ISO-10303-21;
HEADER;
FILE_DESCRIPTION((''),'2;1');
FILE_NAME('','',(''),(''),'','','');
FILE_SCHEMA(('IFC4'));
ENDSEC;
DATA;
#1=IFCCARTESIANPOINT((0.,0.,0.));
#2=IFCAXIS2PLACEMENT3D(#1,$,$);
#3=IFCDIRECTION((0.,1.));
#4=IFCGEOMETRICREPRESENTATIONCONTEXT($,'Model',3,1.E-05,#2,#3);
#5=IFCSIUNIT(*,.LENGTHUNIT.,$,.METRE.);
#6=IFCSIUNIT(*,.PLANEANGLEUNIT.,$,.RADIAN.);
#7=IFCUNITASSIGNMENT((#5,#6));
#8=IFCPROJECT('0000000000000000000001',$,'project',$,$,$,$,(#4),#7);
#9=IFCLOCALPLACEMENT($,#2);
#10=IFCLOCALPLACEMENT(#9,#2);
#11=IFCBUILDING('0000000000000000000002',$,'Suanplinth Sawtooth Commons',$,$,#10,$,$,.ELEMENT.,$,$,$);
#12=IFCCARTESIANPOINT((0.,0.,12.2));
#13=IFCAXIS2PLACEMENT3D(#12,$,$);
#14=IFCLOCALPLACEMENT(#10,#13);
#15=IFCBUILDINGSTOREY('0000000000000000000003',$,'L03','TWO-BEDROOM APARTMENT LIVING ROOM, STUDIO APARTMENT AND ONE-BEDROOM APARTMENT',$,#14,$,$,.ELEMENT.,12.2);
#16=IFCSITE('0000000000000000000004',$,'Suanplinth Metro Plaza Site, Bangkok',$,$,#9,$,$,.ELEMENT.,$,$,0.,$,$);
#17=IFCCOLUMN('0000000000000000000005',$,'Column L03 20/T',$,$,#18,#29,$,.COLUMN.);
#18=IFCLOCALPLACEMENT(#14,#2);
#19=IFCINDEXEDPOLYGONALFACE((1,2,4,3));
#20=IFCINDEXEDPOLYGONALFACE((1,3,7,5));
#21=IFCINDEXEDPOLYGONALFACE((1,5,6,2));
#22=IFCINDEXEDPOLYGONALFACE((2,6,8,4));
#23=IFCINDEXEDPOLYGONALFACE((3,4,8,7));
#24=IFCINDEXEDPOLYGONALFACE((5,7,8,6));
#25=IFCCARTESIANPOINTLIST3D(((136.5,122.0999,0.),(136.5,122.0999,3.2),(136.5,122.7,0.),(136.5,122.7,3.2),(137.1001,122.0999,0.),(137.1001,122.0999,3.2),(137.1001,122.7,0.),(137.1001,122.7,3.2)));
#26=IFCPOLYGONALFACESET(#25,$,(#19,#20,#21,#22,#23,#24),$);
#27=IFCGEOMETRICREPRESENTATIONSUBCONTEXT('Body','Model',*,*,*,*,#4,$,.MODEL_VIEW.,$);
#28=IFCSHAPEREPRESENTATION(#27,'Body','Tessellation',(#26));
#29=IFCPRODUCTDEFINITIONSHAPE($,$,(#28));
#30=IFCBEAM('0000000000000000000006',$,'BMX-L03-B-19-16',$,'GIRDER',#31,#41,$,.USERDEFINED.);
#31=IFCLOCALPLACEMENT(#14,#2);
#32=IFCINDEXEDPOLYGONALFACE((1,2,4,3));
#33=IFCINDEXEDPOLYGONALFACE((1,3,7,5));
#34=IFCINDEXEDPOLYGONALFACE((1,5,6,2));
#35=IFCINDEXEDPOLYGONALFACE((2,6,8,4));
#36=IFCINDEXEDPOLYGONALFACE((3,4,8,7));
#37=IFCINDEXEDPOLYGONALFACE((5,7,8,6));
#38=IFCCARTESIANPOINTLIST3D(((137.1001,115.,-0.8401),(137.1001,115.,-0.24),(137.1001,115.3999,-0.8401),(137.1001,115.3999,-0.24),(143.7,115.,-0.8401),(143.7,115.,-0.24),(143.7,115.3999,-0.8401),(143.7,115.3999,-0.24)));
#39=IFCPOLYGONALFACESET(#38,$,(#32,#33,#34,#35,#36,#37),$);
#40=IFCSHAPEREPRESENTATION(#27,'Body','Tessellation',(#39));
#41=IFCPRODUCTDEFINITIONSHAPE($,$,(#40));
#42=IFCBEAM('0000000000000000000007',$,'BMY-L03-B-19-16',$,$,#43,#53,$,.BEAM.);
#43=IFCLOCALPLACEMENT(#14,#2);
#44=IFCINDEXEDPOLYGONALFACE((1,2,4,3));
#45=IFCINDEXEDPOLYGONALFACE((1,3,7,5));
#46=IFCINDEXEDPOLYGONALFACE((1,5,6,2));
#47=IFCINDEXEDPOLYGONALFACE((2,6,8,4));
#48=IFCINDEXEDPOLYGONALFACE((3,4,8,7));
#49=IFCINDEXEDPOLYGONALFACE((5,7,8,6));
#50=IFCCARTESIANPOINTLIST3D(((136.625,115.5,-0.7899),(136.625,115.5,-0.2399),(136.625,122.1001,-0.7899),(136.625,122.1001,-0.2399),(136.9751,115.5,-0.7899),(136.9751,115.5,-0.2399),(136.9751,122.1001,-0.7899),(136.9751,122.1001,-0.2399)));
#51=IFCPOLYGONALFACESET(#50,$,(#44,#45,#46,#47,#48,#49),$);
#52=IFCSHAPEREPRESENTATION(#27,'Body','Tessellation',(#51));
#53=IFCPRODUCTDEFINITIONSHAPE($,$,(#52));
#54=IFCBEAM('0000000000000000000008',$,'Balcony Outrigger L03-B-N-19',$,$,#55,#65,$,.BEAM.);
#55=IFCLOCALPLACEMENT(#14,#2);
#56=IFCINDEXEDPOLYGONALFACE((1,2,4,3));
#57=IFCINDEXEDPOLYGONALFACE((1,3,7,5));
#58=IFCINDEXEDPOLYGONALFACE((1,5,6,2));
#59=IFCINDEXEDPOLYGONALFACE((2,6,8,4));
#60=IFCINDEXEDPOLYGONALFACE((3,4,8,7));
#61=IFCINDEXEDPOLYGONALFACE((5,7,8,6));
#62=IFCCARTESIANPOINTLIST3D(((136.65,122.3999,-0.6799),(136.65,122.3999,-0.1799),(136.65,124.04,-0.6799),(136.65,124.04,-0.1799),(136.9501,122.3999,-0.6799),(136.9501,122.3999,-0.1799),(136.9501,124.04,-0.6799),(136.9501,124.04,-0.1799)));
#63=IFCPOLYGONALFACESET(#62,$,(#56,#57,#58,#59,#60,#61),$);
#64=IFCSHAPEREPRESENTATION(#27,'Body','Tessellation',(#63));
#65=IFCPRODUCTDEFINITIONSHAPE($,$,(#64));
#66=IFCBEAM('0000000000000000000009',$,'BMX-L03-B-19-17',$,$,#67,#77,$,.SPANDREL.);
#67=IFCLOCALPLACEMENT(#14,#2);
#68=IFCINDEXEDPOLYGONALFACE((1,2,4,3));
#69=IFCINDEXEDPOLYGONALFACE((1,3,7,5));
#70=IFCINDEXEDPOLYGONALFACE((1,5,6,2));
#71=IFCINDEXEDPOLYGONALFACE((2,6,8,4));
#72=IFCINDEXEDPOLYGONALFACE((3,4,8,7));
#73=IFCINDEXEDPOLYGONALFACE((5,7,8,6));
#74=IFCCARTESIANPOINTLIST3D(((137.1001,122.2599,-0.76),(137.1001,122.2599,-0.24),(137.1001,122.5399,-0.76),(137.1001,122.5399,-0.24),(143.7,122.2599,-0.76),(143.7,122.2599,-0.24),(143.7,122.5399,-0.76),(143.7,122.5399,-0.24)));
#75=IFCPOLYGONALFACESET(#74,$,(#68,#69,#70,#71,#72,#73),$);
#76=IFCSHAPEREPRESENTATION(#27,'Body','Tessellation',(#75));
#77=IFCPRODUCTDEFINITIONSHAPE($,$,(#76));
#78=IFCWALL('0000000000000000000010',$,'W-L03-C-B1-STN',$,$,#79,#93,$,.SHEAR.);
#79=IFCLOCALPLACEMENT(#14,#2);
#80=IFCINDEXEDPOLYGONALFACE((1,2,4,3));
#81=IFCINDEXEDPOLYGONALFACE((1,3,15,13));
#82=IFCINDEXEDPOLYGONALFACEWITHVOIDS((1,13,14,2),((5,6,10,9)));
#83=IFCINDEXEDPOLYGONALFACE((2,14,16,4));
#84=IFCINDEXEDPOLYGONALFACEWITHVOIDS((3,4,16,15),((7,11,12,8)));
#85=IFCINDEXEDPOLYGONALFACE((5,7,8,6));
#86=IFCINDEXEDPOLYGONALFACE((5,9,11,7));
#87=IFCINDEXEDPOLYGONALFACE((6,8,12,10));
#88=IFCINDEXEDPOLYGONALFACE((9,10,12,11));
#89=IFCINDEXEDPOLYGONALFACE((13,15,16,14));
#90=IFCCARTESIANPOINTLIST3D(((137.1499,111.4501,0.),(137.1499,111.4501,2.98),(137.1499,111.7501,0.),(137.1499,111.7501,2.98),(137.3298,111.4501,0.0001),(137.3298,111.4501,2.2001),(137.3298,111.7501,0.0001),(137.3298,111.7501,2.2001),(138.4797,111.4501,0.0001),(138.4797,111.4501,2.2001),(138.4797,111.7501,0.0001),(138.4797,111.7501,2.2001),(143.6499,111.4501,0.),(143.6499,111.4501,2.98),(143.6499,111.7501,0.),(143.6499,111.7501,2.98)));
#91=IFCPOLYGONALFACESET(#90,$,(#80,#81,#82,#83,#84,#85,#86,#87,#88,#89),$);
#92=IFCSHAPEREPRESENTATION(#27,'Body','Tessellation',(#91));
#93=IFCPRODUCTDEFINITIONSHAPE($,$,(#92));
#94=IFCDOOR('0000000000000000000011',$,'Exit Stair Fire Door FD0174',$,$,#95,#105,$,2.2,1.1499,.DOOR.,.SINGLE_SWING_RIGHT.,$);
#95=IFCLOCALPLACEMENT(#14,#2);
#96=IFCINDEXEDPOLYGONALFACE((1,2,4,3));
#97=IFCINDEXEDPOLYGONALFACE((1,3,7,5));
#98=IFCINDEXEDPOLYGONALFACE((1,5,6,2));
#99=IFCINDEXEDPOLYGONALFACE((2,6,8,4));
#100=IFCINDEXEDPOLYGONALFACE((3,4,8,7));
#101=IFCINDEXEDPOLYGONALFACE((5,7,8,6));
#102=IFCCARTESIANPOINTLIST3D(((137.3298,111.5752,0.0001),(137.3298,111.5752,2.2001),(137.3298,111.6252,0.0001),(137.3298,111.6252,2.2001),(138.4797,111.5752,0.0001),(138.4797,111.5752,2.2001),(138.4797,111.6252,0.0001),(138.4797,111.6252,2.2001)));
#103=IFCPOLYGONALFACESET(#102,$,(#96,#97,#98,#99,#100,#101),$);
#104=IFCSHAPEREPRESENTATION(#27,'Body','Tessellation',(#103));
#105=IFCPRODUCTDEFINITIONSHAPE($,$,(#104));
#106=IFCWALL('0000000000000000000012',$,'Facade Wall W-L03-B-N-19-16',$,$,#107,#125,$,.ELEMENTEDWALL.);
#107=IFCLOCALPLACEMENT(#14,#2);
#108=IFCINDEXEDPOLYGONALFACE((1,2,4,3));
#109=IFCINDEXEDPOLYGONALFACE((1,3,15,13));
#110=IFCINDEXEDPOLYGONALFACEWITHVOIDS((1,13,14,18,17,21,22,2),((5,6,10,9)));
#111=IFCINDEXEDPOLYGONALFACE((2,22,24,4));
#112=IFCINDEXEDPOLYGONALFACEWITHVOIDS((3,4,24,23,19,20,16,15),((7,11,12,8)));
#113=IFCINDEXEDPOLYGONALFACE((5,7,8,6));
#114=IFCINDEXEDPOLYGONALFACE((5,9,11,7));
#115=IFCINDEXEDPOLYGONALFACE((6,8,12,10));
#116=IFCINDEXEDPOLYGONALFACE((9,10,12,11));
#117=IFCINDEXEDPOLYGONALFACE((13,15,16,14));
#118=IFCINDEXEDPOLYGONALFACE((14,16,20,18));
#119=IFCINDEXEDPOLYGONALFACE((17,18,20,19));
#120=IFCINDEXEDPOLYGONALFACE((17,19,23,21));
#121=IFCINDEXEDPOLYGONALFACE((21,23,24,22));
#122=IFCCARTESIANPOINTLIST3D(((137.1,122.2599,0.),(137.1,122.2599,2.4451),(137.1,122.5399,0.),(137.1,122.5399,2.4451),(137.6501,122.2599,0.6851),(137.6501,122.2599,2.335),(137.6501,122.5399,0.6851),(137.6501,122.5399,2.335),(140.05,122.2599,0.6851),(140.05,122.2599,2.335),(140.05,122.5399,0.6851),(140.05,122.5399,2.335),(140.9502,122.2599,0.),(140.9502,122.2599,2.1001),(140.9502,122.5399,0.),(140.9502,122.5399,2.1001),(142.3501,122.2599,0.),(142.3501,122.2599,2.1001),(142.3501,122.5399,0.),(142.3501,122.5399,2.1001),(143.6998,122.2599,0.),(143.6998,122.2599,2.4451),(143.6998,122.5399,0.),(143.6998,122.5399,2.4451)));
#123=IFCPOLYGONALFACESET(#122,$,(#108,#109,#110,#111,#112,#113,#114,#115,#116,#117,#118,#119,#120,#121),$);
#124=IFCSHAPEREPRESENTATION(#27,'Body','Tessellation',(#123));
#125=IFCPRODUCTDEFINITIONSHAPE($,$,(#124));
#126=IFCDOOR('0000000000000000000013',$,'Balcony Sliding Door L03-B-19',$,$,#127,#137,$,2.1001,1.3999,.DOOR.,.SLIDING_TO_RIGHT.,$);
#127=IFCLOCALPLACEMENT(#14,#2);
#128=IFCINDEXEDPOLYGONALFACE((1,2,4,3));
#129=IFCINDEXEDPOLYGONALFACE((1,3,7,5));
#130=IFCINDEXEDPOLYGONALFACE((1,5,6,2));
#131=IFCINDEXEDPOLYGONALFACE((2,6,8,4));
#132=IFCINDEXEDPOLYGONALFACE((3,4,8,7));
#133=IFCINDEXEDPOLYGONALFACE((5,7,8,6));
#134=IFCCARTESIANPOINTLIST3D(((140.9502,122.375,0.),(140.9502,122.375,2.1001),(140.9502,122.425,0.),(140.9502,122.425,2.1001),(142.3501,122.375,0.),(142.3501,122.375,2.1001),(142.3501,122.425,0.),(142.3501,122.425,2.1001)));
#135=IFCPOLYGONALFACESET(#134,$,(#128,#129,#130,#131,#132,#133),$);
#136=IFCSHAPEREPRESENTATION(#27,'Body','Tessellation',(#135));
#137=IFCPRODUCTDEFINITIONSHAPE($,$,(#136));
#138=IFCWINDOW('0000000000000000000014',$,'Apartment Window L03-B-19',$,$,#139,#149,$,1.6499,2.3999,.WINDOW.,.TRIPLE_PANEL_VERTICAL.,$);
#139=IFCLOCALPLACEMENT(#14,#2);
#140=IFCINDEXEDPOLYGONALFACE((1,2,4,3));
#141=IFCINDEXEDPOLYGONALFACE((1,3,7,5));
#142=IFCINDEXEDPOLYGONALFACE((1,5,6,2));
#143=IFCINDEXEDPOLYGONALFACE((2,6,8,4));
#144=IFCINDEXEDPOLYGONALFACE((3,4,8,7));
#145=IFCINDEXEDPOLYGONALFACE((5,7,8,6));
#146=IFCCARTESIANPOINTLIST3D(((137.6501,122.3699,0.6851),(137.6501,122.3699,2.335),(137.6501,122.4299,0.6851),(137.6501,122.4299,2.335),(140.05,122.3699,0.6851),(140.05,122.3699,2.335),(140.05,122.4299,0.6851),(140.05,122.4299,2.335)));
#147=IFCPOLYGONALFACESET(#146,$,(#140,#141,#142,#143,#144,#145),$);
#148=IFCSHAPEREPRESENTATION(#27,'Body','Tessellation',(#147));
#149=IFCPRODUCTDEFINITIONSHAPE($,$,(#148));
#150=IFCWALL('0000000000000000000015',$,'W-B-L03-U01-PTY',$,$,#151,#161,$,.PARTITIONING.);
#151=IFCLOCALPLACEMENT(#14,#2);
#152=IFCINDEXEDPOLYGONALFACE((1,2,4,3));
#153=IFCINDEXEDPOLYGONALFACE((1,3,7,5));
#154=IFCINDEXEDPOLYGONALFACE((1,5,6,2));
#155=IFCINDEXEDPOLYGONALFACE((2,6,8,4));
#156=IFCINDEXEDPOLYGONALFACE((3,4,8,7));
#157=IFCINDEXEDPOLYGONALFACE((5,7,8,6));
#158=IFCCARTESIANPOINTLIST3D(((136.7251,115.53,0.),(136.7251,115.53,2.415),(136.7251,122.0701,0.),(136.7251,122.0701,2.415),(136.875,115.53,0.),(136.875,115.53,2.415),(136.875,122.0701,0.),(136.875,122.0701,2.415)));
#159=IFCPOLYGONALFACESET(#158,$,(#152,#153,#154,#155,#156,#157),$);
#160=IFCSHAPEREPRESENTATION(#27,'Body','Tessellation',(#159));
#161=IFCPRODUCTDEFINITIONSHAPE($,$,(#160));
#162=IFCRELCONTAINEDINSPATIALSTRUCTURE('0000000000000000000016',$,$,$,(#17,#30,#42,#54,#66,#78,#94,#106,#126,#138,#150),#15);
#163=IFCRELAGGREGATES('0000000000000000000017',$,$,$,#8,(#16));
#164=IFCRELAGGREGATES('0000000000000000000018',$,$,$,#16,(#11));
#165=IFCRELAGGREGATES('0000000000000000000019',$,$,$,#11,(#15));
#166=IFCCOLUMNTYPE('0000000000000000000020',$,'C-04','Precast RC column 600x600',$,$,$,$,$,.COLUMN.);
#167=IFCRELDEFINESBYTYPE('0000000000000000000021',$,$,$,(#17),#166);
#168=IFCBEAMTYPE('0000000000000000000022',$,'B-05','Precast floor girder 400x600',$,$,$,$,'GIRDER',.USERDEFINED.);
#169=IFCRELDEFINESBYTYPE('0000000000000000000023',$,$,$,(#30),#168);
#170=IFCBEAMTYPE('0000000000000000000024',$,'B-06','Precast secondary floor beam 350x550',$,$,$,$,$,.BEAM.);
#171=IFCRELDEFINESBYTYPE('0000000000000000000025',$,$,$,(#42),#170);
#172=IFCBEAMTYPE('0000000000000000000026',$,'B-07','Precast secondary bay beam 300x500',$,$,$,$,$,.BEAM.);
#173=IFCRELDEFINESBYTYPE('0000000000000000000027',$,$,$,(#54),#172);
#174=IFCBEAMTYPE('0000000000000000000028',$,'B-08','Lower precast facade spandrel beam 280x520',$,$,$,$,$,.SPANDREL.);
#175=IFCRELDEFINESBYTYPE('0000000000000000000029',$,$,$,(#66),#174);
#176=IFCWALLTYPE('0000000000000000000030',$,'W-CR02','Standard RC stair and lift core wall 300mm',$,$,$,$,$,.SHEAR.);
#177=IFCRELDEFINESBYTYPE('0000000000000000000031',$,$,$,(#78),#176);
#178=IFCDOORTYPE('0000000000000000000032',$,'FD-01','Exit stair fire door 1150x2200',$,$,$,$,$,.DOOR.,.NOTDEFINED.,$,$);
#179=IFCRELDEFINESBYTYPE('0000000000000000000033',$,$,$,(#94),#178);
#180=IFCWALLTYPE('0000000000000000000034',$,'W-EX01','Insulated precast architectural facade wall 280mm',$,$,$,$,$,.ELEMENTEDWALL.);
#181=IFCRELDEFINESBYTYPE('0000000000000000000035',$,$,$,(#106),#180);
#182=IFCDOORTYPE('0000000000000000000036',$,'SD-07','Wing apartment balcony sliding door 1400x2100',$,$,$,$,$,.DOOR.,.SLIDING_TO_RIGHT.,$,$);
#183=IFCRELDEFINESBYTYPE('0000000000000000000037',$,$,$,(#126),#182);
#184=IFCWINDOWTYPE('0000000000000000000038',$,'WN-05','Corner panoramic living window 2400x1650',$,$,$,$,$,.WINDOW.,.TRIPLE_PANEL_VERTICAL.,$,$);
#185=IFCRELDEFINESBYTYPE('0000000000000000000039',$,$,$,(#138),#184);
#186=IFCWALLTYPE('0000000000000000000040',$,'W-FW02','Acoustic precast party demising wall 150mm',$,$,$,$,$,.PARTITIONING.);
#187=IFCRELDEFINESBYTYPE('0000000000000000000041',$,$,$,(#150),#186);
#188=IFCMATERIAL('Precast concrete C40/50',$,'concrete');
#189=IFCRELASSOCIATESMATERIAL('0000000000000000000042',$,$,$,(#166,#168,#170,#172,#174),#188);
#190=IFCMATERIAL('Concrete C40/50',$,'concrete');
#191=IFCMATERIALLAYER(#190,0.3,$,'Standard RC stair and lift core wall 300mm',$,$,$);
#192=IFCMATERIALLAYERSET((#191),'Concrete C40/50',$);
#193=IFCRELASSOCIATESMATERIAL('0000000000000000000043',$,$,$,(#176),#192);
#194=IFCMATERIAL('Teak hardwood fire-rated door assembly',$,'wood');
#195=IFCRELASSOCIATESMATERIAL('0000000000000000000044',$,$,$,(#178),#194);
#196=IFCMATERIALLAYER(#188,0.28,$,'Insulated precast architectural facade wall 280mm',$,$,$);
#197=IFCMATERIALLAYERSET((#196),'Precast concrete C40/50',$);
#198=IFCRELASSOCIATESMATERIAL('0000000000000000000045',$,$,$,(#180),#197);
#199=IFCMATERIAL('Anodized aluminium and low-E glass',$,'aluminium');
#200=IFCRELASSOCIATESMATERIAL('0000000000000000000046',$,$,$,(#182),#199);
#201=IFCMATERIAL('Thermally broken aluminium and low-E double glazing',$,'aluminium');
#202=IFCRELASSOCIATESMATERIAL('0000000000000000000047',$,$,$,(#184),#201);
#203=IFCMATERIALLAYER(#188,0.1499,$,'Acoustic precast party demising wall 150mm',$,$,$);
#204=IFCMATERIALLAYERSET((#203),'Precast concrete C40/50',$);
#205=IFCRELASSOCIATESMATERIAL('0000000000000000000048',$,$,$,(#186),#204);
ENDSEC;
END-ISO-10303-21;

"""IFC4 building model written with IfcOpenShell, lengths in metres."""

from ifc_helpers import new_model, si_unit, direction, frame, frame_2d, origin, origin_2d, place, context, subcontext, project, spatial, rectangle, extrude, material, layer, layer_set, material_profile, profile_set, type_object, element, fill, save


model = new_model("IFC4")

# Units and contexts
model_context = context("Model", 3, precision=1e-05, world=origin(), true_north=direction((0.0, 1.0)))
body_context = subcontext(model_context, "Body", "Model", "MODEL_VIEW")
ifc_project = project(units=[si_unit("LENGTHUNIT", "METRE"), si_unit("PLANEANGLEUNIT", "RADIAN")], contexts=[model_context])

# Site, building, storey
site_placement = place(None, origin())
site = spatial("IfcSite", under=ifc_project, at=site_placement, Name="Suanplinth Metro Plaza Site, Bangkok", CompositionType="ELEMENT", RefElevation=0.0)
building_placement = place(site_placement, origin())
building = spatial("IfcBuilding", under=site, at=building_placement, Name="Suanplinth Sawtooth Commons", CompositionType="ELEMENT")
storey_placement = place(building_placement, frame((0.0, 0.0, 12.2)))
storey = spatial("IfcBuildingStorey", under=building, at=storey_placement, Name="L03", Description="TWO-BEDROOM APARTMENT LIVING ROOM, STUDIO APARTMENT AND ONE-BEDROOM APARTMENT", CompositionType="ELEMENT", Elevation=12.2)

# Column
ifc_material_1 = material(Name="Precast concrete C40/50", Category="concrete")
ifc_material_profile_1 = material_profile(ifc_material_1, rectangle(XDim=0.6001, YDim=0.6001, at=origin_2d()), Name="PC-COL 600x600")
ifc_profile_set_1 = profile_set([ifc_material_profile_1], Name="Precast concrete C40/50")
column_type = type_object("IfcColumnType", Name="C-04", Description="Precast RC column 600x600", PredefinedType="COLUMN", material=ifc_profile_set_1)
column_placement = place(storey_placement, frame((136.8, 122.3999, 0.0), z_axis=(0.0, 0.0, 1.0), x_axis=(1.0, 0.0, 0.0)))
element("IfcColumn", 1, at=column_placement, inside=storey, type_object=column_type, Name="Column L03 20/T", PredefinedType="COLUMN", context=body_context, shape_type="SweptSolid", body=[
    extrude(rectangle(XDim=0.6001, YDim=0.6001, at=origin_2d()), origin(), (0.0, 0.0, 1.0), 3.2),
])

# Beams
ifc_material_profile_2 = material_profile(ifc_material_1, rectangle(XDim=0.3999, YDim=0.6001, at=origin_2d()), Name="PC-GDR 400x600")
ifc_profile_set_2 = profile_set([ifc_material_profile_2], Name="Precast concrete C40/50")
beam_type_1 = type_object("IfcBeamType", Name="B-05", Description="Precast floor girder 400x600", ElementType="GIRDER", PredefinedType="USERDEFINED", material=ifc_profile_set_2)
beam_1_placement = place(storey_placement, frame((137.1001, 115.2, -0.54), z_axis=(1.0, 0.0, 0.0), x_axis=(0.0, 1.0, 0.0)))
element("IfcBeam", 2, at=beam_1_placement, inside=storey, type_object=beam_type_1, Name="BMX-L03-B-19-16", ObjectType="GIRDER", PredefinedType="USERDEFINED", context=body_context, shape_type="SweptSolid", body=[
    extrude(rectangle(XDim=0.3999, YDim=0.6001, at=origin_2d()), origin(), (0.0, 0.0, 1.0), 6.5999),
])
ifc_material_profile_3 = material_profile(ifc_material_1, rectangle(XDim=0.3501, YDim=0.55, at=origin_2d()), Name="PC-BM 350x550")
ifc_profile_set_3 = profile_set([ifc_material_profile_3], Name="Precast concrete C40/50")
beam_type_2 = type_object("IfcBeamType", Name="B-06", Description="Precast secondary floor beam 350x550", PredefinedType="BEAM", material=ifc_profile_set_3)
beam_2_placement = place(storey_placement, frame((136.8, 115.5, -0.5149), z_axis=(0.0, 1.0, 0.0), x_axis=(-1.0, 0.0, 0.0)))
element("IfcBeam", 3, at=beam_2_placement, inside=storey, type_object=beam_type_2, Name="BMY-L03-B-19-16", PredefinedType="BEAM", context=body_context, shape_type="SweptSolid", body=[
    extrude(rectangle(XDim=0.3501, YDim=0.55, at=origin_2d()), origin(), (0.0, 0.0, 1.0), 6.6001),
])
ifc_material_profile_4 = material_profile(ifc_material_1, rectangle(XDim=0.3, YDim=0.5, at=origin_2d()), Name="PC-BM 300x500")
ifc_profile_set_4 = profile_set([ifc_material_profile_4], Name="Precast concrete C40/50")
beam_type_3 = type_object("IfcBeamType", Name="B-07", Description="Precast secondary bay beam 300x500", PredefinedType="BEAM", material=ifc_profile_set_4)
beam_3_placement = place(storey_placement, frame((136.8, 122.3999, -0.4299), z_axis=(0.0, 1.0, 0.0), x_axis=(-1.0, 0.0, 0.0)))
element("IfcBeam", 4, at=beam_3_placement, inside=storey, type_object=beam_type_3, Name="Balcony Outrigger L03-B-N-19", PredefinedType="BEAM", context=body_context, shape_type="SweptSolid", body=[
    extrude(rectangle(XDim=0.3, YDim=0.5, at=origin_2d()), origin(), (0.0, 0.0, 1.0), 1.6401),
])
ifc_material_profile_5 = material_profile(ifc_material_1, rectangle(XDim=0.28, YDim=0.52, at=origin_2d()), Name="PC-SP 280x520")
ifc_profile_set_5 = profile_set([ifc_material_profile_5], Name="Precast concrete C40/50")
beam_type_4 = type_object("IfcBeamType", Name="B-08", Description="Lower precast facade spandrel beam 280x520", PredefinedType="SPANDREL", material=ifc_profile_set_5)
beam_4_placement = place(storey_placement, frame((137.1001, 122.3999, -0.5), z_axis=(1.0, 0.0, 0.0), x_axis=(0.0, 1.0, 0.0)))
element("IfcBeam", 5, at=beam_4_placement, inside=storey, type_object=beam_type_4, Name="BMX-L03-B-19-17", PredefinedType="SPANDREL", context=body_context, shape_type="SweptSolid", body=[
    extrude(rectangle(XDim=0.28, YDim=0.52, at=origin_2d()), origin(), (0.0, 0.0, 1.0), 6.5999),
])

# Wall, opening, door
ifc_material_2 = material(Name="Concrete C40/50", Category="concrete")
ifc_layer_1 = layer(ifc_material_2, 0.3, Name="Standard RC stair and lift core wall 300mm")
ifc_layer_set_1 = layer_set([ifc_layer_1], Name="Concrete C40/50")
wall_type_1 = type_object("IfcWallType", Name="W-CR02", Description="Standard RC stair and lift core wall 300mm", PredefinedType="SHEAR", material=ifc_layer_set_1)
wall_1_placement = place(storey_placement, frame((137.1499, 111.6001, 0.0), z_axis=(0.0, 0.0, 1.0), x_axis=(1.0, 0.0, 0.0)))
wall_1 = element("IfcWall", 6, at=wall_1_placement, inside=storey, type_object=wall_type_1, Name="W-L03-C-B1-STN", PredefinedType="SHEAR", context=body_context, shape_type="SweptSolid", body=[
    extrude(rectangle(XDim=6.5, YDim=0.3, at=frame_2d((3.25, 0.0))), origin(), (0.0, 0.0, 1.0), 2.98),
])
opening_1_placement = place(wall_1_placement, frame((0.1799, 0.0, 0.0)))
opening_1 = element("IfcOpeningElement", 7, at=opening_1_placement, cuts=wall_1, PredefinedType="OPENING", context=body_context, shape_type="SweptSolid", body=[
    extrude(rectangle(XDim=1.1499, YDim=2.2, at=frame_2d((0.575, 1.1001))), frame((0.0, 0.165, 0.0), z_axis=(0.0, -1.0, 0.0), x_axis=(1.0, 0.0, 0.0)), (0.0, 0.0, 1.0), 0.3298),
])
ifc_material_3 = material(Name="Teak hardwood fire-rated door assembly", Category="wood")
door_type_1 = type_object("IfcDoorType", Name="FD-01", Description="Exit stair fire door 1150x2200", OperationType="NOTDEFINED", PredefinedType="DOOR", material=ifc_material_3)
door_1_placement = place(opening_1_placement, frame((1.1499, 0.0, 0.0), z_axis=(0.0, 0.0, 1.0), x_axis=(-1.0, 0.0, 0.0)))
door_1 = element("IfcDoor", 8, at=door_1_placement, inside=storey, type_object=door_type_1, Name="Exit Stair Fire Door FD0174", OperationType="SINGLE_SWING_RIGHT", OverallHeight=2.2, OverallWidth=1.1499, PredefinedType="DOOR", context=body_context, shape_type="SweptSolid", body=[
    extrude(rectangle(XDim=1.1499, YDim=2.2, at=frame_2d((0.575, 1.1001))), frame((0.0, 0.0249, 0.0), z_axis=(0.0, -1.0, 0.0), x_axis=(1.0, 0.0, 0.0)), (0.0, 0.0, 1.0), 0.05),
])
fill(opening_1, door_1)

# Wall, openings, door, window
ifc_layer_2 = layer(ifc_material_1, 0.28, Name="Insulated precast architectural facade wall 280mm")
ifc_layer_set_2 = layer_set([ifc_layer_2], Name="Precast concrete C40/50")
wall_type_2 = type_object("IfcWallType", Name="W-EX01", Description="Insulated precast architectural facade wall 280mm", PredefinedType="ELEMENTEDWALL", material=ifc_layer_set_2)
wall_2_placement = place(storey_placement, frame((137.1001, 122.3999, 0.0), z_axis=(0.0, 0.0, 1.0), x_axis=(1.0, 0.0, 0.0)))
wall_2 = element("IfcWall", 9, at=wall_2_placement, inside=storey, type_object=wall_type_2, Name="Facade Wall W-L03-B-N-19-16", PredefinedType="ELEMENTEDWALL", context=body_context, shape_type="SweptSolid", body=[
    extrude(rectangle(XDim=6.5999, YDim=0.28, at=frame_2d((3.2998, 0.0))), origin(), (0.0, 0.0, 1.0), 2.4451),
])
opening_2_placement = place(wall_2_placement, frame((3.8501, 0.0, 0.0)))
opening_2 = element("IfcOpeningElement", 10, at=opening_2_placement, cuts=wall_2, PredefinedType="OPENING", context=body_context, shape_type="SweptSolid", body=[
    extrude(rectangle(XDim=1.3999, YDim=2.1001, at=frame_2d((0.7, 1.05))), frame((0.0, 0.1548, 0.0), z_axis=(0.0, -1.0, 0.0), x_axis=(1.0, 0.0, 0.0)), (0.0, 0.0, 1.0), 0.3098),
])
opening_3_placement = place(wall_2_placement, frame((0.55, 0.0, 0.6851)))
opening_3 = element("IfcOpeningElement", 11, at=opening_3_placement, cuts=wall_2, PredefinedType="OPENING", context=body_context, shape_type="SweptSolid", body=[
    extrude(rectangle(XDim=2.3999, YDim=1.6499, at=frame_2d((1.2, 0.825))), frame((0.0, 0.1548, 0.0), z_axis=(0.0, -1.0, 0.0), x_axis=(1.0, 0.0, 0.0)), (0.0, 0.0, 1.0), 0.3098),
])
ifc_material_4 = material(Name="Anodized aluminium and low-E glass", Category="aluminium")
door_type_2 = type_object("IfcDoorType", Name="SD-07", Description="Wing apartment balcony sliding door 1400x2100", OperationType="SLIDING_TO_RIGHT", PredefinedType="DOOR", material=ifc_material_4)
door_2_placement = place(opening_2_placement, frame((1.3999, 0.0, 0.0), z_axis=(0.0, 0.0, 1.0), x_axis=(-1.0, 0.0, 0.0)))
door_2 = element("IfcDoor", 12, at=door_2_placement, inside=storey, type_object=door_type_2, Name="Balcony Sliding Door L03-B-19", OperationType="SLIDING_TO_RIGHT", OverallHeight=2.1001, OverallWidth=1.3999, PredefinedType="DOOR", context=body_context, shape_type="SweptSolid", body=[
    extrude(rectangle(XDim=1.3999, YDim=2.1001, at=frame_2d((0.7, 1.05))), frame((0.0, 0.0249, 0.0), z_axis=(0.0, -1.0, 0.0), x_axis=(1.0, 0.0, 0.0)), (0.0, 0.0, 1.0), 0.05),
])
fill(opening_2, door_2)
ifc_material_5 = material(Name="Thermally broken aluminium and low-E double glazing", Category="aluminium")
window_type = type_object("IfcWindowType", Name="WN-05", Description="Corner panoramic living window 2400x1650", PartitioningType="TRIPLE_PANEL_VERTICAL", PredefinedType="WINDOW", material=ifc_material_5)
window_placement = place(opening_3_placement, origin())
window = element("IfcWindow", 13, at=window_placement, inside=storey, type_object=window_type, Name="Apartment Window L03-B-19", OverallHeight=1.6499, OverallWidth=2.3999, PartitioningType="TRIPLE_PANEL_VERTICAL", PredefinedType="WINDOW", context=body_context, shape_type="SweptSolid", body=[
    extrude(rectangle(XDim=2.3999, YDim=1.6499, at=frame_2d((1.2, 0.825))), frame((0.0, 0.03, 0.0), z_axis=(0.0, -1.0, 0.0), x_axis=(1.0, 0.0, 0.0)), (0.0, 0.0, 1.0), 0.0601),
])
fill(opening_3, window)

# Wall
ifc_layer_3 = layer(ifc_material_1, 0.1499, Name="Acoustic precast party demising wall 150mm")
ifc_layer_set_3 = layer_set([ifc_layer_3], Name="Precast concrete C40/50")
wall_type_3 = type_object("IfcWallType", Name="W-FW02", Description="Acoustic precast party demising wall 150mm", PredefinedType="PARTITIONING", material=ifc_layer_set_3)
wall_3_placement = place(storey_placement, frame((136.8, 115.53, 0.0), z_axis=(0.0, 0.0, 1.0), x_axis=(0.0, 1.0, 0.0)))
element("IfcWall", 14, at=wall_3_placement, inside=storey, type_object=wall_type_3, Name="W-B-L03-U01-PTY", PredefinedType="PARTITIONING", context=body_context, shape_type="SweptSolid", body=[
    extrude(rectangle(XDim=6.54, YDim=0.1499, at=frame_2d((3.27, 0.0))), origin(), (0.0, 0.0, 1.0), 2.415),
])

save(model, "model.ifc")
